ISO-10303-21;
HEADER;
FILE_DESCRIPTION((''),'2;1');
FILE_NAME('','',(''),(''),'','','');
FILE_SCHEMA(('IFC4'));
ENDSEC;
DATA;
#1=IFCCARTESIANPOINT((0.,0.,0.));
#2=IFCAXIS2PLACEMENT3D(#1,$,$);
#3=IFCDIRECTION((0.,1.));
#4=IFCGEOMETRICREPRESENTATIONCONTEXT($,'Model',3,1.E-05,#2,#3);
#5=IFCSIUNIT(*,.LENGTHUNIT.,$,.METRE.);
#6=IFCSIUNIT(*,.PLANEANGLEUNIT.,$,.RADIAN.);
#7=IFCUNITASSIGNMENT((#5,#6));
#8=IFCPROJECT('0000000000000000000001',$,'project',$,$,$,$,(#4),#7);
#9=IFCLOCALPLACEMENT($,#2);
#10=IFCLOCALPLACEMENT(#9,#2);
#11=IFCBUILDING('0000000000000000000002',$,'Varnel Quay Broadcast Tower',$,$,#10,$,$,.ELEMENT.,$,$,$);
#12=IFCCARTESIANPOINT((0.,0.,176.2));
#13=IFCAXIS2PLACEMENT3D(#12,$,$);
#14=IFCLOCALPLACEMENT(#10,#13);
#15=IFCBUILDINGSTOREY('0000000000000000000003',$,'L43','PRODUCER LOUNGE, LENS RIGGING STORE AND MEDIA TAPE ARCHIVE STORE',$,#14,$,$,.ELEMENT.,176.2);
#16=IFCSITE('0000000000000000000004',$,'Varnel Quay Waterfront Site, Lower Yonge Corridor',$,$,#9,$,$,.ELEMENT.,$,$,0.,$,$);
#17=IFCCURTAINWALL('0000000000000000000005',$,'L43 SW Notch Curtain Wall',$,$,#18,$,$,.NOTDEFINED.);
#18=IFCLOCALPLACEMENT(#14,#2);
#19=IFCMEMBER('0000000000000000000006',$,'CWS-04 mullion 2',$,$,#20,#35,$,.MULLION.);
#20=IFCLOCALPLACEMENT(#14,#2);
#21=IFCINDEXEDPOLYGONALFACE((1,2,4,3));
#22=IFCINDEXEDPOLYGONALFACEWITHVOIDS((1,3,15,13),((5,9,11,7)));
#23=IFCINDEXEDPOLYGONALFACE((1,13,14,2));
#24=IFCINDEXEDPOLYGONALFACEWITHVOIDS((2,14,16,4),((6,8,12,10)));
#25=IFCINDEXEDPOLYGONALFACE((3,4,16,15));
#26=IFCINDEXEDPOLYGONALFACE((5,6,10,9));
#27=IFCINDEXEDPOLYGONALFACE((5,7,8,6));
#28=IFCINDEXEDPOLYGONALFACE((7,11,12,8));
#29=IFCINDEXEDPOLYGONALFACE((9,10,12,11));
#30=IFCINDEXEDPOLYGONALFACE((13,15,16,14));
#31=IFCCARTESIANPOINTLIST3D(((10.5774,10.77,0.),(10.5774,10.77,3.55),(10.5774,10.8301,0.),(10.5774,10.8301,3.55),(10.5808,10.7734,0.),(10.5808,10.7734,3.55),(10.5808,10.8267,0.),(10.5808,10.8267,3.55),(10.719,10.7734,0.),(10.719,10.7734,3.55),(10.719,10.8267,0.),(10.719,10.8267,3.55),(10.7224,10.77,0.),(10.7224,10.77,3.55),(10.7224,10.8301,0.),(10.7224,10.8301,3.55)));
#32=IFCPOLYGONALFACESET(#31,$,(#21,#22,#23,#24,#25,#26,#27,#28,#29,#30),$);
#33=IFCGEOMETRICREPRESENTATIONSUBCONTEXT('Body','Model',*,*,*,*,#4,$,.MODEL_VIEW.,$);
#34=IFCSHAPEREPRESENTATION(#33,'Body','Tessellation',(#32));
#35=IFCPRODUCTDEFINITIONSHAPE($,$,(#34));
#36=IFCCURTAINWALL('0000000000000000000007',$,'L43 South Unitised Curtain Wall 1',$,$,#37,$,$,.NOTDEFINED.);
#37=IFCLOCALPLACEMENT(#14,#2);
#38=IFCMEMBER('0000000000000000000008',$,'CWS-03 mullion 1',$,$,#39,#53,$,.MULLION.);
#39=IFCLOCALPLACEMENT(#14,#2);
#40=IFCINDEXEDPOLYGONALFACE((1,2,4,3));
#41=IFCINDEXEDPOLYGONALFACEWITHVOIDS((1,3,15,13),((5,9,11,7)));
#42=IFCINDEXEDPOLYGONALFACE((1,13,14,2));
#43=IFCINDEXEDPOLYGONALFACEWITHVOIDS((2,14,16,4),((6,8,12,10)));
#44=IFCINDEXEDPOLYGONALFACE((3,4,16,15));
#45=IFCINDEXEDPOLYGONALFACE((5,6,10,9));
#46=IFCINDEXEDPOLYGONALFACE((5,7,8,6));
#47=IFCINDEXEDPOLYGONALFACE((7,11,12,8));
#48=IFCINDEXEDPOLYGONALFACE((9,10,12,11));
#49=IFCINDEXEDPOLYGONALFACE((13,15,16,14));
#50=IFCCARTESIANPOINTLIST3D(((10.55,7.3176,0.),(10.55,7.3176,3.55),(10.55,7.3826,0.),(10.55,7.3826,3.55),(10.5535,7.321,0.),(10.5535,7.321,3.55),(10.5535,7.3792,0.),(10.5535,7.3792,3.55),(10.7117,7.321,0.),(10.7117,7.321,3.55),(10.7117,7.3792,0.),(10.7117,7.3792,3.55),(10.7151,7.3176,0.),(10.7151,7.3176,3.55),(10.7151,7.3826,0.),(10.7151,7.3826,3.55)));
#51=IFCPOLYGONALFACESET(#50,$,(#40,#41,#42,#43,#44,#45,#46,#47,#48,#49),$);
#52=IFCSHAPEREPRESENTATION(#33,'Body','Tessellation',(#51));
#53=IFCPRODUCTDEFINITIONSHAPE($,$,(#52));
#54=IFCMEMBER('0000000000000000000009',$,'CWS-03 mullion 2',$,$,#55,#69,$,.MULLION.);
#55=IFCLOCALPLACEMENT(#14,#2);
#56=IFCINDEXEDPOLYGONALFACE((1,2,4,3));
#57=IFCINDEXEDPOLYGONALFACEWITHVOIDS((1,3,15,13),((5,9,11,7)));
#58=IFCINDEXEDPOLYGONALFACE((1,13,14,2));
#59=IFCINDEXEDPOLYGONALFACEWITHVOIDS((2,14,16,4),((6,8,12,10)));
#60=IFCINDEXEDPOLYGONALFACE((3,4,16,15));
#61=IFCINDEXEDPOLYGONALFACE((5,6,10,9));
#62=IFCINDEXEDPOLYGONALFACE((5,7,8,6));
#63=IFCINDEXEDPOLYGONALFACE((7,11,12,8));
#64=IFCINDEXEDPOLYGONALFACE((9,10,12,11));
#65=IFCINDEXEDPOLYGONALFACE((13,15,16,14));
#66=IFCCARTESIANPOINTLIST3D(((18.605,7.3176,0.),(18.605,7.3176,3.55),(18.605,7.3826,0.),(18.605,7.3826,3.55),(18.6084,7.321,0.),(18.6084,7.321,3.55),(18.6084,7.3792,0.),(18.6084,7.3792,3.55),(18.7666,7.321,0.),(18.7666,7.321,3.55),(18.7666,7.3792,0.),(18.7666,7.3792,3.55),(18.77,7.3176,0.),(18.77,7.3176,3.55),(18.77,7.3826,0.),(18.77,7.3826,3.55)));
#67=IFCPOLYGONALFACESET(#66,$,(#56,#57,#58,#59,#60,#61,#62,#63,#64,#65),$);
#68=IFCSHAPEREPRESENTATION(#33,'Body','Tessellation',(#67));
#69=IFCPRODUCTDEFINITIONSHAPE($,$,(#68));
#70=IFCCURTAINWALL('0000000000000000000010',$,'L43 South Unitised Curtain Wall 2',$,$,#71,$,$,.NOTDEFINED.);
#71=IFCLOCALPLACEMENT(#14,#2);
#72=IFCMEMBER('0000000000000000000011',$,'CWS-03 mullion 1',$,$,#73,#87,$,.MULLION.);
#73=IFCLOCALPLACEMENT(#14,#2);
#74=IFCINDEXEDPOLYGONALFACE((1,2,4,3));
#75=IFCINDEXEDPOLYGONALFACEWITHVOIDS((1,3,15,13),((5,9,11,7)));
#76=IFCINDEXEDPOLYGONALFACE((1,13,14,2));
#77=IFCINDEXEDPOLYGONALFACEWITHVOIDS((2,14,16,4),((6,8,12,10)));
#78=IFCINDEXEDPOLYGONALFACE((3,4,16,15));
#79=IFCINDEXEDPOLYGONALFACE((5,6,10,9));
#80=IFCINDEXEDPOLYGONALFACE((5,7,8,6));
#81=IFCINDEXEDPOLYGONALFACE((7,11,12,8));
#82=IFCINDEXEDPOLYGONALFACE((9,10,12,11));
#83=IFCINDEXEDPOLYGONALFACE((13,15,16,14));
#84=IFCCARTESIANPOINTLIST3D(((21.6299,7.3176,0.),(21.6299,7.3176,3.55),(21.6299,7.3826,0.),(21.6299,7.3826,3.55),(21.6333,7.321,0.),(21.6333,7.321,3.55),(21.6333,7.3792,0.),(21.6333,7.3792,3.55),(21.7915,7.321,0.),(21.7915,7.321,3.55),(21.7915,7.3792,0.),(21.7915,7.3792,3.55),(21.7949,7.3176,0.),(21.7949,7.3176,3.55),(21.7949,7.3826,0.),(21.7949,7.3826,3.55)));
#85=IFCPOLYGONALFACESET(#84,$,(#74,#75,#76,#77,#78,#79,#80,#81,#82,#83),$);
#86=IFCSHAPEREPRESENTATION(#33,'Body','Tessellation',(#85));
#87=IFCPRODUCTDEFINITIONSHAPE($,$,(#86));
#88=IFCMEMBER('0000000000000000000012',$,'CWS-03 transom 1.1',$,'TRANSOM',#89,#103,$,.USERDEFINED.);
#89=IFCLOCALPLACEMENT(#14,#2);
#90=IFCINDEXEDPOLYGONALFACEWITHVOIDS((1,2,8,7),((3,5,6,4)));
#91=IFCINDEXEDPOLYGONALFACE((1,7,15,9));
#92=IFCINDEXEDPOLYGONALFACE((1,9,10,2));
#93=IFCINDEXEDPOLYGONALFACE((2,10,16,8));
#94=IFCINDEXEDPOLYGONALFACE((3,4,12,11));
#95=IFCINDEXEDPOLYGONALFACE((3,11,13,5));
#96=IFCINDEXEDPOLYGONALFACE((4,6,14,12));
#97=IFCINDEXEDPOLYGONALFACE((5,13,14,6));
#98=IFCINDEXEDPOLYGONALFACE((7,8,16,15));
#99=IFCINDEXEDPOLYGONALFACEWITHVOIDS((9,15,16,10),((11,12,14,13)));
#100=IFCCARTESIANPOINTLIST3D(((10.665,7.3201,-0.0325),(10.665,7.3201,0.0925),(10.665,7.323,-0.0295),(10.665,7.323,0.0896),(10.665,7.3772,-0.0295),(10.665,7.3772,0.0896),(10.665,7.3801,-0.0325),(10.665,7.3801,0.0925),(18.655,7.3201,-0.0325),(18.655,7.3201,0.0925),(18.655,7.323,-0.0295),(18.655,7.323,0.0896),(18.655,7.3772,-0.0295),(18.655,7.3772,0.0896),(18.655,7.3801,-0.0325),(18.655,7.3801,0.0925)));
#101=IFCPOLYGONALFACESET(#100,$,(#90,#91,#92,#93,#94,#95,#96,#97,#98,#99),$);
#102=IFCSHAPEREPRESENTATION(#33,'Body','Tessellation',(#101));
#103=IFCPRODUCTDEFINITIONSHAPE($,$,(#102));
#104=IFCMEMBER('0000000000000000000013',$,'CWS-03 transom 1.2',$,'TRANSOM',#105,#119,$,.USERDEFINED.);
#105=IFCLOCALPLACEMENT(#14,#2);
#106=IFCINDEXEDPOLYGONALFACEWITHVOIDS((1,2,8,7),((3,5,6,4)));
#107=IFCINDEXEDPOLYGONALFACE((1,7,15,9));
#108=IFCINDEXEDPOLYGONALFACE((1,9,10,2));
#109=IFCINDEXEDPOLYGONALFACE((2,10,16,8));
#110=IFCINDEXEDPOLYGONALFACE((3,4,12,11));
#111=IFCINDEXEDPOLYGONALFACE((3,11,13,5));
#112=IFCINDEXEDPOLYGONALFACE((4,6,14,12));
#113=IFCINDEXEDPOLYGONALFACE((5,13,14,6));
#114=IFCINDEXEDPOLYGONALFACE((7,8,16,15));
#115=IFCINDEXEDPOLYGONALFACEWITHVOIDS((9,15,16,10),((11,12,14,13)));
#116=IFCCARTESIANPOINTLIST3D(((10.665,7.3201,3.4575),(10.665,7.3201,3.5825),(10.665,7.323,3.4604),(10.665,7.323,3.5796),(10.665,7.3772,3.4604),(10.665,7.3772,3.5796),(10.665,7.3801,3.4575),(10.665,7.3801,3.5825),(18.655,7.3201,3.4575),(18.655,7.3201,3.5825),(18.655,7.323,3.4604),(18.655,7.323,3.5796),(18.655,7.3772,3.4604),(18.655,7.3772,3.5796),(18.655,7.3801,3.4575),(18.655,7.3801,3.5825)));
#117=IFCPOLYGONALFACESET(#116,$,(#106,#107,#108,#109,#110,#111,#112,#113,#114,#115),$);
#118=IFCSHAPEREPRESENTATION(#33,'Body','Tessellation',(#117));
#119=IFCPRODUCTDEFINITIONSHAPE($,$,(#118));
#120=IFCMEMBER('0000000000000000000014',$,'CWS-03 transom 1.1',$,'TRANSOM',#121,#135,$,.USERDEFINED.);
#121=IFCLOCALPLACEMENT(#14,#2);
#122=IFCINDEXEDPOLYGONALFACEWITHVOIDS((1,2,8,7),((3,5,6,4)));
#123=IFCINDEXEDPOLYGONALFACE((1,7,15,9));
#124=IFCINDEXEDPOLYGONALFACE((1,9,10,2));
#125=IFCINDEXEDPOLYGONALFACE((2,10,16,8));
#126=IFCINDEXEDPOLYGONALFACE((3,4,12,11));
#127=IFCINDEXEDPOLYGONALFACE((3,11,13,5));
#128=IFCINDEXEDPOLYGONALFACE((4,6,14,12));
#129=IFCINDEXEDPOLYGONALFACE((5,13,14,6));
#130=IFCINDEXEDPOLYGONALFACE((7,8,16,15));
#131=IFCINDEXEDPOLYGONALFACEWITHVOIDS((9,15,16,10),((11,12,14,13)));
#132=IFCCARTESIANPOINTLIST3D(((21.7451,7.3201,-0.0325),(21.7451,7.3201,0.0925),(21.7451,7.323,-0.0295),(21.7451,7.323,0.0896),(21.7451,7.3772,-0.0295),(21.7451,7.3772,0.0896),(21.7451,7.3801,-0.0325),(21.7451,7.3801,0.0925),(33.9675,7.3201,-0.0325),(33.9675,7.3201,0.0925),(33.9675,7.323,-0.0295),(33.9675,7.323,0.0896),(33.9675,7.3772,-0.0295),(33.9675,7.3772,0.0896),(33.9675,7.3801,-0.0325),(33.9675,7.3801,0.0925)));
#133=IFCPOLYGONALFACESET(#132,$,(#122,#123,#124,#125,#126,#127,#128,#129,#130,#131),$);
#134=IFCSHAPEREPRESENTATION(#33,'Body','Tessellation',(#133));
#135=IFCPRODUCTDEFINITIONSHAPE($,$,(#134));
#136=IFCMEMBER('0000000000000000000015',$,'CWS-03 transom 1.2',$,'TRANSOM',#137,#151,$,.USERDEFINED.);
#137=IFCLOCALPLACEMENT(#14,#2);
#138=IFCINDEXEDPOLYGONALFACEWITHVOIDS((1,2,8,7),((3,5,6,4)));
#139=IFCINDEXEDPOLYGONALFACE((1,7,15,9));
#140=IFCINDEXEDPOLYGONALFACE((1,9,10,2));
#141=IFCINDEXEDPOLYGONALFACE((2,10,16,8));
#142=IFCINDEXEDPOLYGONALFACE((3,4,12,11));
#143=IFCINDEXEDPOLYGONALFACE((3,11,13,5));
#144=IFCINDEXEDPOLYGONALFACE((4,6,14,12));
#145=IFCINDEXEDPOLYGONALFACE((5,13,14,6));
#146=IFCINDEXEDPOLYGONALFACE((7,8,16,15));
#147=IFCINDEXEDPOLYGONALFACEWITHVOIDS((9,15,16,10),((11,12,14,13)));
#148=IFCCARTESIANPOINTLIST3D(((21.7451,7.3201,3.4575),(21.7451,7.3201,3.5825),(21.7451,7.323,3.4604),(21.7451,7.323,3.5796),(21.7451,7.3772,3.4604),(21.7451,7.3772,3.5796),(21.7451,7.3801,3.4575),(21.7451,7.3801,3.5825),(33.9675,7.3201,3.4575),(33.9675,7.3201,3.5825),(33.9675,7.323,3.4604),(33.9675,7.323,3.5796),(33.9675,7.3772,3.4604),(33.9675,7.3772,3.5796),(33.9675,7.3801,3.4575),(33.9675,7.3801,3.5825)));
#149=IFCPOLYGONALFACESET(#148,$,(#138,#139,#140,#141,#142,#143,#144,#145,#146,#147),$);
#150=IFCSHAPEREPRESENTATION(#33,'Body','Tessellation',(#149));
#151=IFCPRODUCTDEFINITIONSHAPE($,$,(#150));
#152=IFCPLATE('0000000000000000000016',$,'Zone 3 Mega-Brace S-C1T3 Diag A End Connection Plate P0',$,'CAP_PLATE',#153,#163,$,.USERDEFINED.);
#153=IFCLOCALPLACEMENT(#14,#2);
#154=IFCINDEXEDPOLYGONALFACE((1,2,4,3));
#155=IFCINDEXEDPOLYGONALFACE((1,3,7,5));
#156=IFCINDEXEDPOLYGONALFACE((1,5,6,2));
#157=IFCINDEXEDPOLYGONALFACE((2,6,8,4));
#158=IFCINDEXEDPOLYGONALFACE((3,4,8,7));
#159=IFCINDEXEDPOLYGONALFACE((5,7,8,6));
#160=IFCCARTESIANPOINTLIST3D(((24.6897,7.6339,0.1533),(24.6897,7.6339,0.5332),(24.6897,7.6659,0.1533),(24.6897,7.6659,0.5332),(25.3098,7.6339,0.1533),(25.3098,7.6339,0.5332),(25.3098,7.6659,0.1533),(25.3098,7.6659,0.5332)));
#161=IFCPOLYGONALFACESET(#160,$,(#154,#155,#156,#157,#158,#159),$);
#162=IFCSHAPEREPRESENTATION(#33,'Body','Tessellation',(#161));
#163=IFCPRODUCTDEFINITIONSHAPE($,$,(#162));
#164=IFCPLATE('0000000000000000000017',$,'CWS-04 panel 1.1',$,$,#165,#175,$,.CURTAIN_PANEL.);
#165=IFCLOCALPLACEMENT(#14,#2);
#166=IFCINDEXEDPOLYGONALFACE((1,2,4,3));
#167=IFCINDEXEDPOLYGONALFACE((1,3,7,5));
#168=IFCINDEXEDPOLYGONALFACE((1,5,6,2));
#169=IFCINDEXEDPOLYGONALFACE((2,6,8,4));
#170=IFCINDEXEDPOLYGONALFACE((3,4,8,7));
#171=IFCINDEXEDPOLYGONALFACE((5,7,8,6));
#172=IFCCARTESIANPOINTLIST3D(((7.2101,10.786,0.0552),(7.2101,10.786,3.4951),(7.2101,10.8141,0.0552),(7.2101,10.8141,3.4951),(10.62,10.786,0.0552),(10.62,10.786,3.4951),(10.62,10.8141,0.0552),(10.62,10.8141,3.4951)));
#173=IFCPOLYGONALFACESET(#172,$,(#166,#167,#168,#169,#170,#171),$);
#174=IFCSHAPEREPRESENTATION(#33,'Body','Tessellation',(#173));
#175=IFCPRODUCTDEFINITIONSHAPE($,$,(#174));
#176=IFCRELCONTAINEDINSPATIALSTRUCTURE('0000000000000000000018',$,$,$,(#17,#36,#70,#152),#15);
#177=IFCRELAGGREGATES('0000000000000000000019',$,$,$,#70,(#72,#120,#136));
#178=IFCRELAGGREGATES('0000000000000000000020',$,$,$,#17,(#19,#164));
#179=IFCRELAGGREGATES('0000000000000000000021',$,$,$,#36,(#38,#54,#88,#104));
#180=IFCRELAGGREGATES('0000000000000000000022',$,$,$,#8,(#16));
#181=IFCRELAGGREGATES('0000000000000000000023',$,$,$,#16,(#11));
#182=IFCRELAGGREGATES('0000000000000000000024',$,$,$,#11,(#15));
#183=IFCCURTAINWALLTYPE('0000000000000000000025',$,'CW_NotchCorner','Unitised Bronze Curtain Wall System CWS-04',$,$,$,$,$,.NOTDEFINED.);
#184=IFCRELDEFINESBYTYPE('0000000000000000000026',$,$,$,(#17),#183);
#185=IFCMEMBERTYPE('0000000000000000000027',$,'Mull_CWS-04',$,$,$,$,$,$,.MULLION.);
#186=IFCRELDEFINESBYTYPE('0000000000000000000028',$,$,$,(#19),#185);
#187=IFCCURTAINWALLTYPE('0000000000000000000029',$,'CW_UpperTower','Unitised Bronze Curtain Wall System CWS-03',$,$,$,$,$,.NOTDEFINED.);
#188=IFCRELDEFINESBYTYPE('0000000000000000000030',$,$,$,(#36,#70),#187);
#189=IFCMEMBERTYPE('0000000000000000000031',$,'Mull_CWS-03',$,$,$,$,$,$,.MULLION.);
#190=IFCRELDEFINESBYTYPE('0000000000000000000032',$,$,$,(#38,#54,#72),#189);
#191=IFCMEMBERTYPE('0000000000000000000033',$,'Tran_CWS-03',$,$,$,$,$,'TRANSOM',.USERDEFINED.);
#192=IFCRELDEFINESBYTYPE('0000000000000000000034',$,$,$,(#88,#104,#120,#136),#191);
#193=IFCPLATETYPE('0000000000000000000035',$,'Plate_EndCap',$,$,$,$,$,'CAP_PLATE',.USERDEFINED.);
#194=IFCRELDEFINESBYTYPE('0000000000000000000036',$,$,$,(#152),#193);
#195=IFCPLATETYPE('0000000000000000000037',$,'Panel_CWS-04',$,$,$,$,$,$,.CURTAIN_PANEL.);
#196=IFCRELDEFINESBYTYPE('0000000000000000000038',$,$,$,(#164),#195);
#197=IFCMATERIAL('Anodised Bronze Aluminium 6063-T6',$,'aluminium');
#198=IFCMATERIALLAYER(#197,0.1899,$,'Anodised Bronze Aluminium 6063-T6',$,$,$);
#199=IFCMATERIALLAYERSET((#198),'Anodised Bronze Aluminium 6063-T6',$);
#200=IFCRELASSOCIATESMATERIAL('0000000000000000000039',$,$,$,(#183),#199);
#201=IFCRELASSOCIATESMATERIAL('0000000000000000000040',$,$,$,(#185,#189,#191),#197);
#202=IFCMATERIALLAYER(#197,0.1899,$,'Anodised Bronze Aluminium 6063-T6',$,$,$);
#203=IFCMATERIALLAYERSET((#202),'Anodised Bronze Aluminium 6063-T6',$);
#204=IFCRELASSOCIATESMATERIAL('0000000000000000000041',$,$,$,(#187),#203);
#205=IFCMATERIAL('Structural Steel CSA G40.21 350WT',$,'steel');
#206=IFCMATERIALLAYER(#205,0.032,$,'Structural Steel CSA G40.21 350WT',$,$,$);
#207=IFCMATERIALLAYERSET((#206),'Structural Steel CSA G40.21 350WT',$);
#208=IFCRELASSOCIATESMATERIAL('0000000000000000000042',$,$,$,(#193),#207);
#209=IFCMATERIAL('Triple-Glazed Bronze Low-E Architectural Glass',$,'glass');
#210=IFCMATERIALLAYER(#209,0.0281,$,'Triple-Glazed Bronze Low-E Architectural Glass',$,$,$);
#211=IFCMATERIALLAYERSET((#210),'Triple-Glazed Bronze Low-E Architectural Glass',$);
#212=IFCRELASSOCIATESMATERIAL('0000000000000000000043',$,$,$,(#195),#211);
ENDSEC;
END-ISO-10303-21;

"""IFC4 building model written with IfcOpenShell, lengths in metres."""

from ifc_helpers import new_model, si_unit, direction, frame, origin, origin_2d, place, context, subcontext, project, spatial, rectangle, hollow_rectangle, extrude, source, transform, mapped, material, layer, layer_set, material_profile, profile_set, type_object, type_shapes, element, aggregate, save


model = new_model("IFC4")

# Units and contexts
model_context = context("Model", 3, precision=1e-05, world=origin(), true_north=direction((0.0, 1.0)))
body_context = subcontext(model_context, "Body", "Model", "MODEL_VIEW")
ifc_project = project(units=[si_unit("LENGTHUNIT", "METRE"), si_unit("PLANEANGLEUNIT", "RADIAN")], contexts=[model_context])

# Site, building, storey
site_placement = place(None, origin())
site = spatial("IfcSite", under=ifc_project, at=site_placement, Name="Varnel Quay Waterfront Site, Lower Yonge Corridor", CompositionType="ELEMENT", RefElevation=0.0)
building_placement = place(site_placement, origin())
building = spatial("IfcBuilding", under=site, at=building_placement, Name="Varnel Quay Broadcast Tower", CompositionType="ELEMENT")
storey_placement = place(building_placement, frame((0.0, 0.0, 176.2)))
storey = spatial("IfcBuildingStorey", under=building, at=storey_placement, Name="L43", Description="PRODUCER LOUNGE, LENS RIGGING STORE AND MEDIA TAPE ARCHIVE STORE", CompositionType="ELEMENT", Elevation=176.2)

# Shared definitions
ifc_material_1 = material(Name="Structural Steel CSA G40.21 350WT", Category="steel")

# Curtain wall, member
ifc_material_2 = material(Name="Anodised Bronze Aluminium 6063-T6", Category="aluminium")
ifc_layer_1 = layer(ifc_material_2, 0.1899, Name="Anodised Bronze Aluminium 6063-T6")
ifc_layer_set_1 = layer_set([ifc_layer_1], Name="Anodised Bronze Aluminium 6063-T6")
curtain_wall_type_1 = type_object("IfcCurtainWallType", Name="CW_NotchCorner", Description="Unitised Bronze Curtain Wall System CWS-04", PredefinedType="NOTDEFINED", material=ifc_layer_set_1)
curtain_wall_1_placement = place(storey_placement, origin())
curtain_wall_1 = element("IfcCurtainWall", 1, at=curtain_wall_1_placement, inside=storey, type_object=curtain_wall_type_1, Name="L43 SW Notch Curtain Wall", PredefinedType="NOTDEFINED")
ifc_material_profile_1 = material_profile(ifc_material_2, hollow_rectangle(XDim=0.0601, YDim=0.145, WallThickness=0.0034, at=origin_2d()), Name="ALU60X145X3.5")
ifc_profile_set_1 = profile_set([ifc_material_profile_1], Name="Anodised Bronze Aluminium 6063-T6")
member_type_1 = type_object("IfcMemberType", Name="Mull_CWS-04", PredefinedType="MULLION", material=ifc_profile_set_1)
shared_shape_1 = source(origin(), body_context, "Body", "SweptSolid", [
    extrude(hollow_rectangle(XDim=0.0601, YDim=0.145, WallThickness=0.0034, at=origin_2d()), origin(), (0.0, 0.0, 1.0), 3.55),
])
type_shapes(member_type_1, [shared_shape_1])
member_1_placement = place(storey_placement, frame((10.6499, 10.8, 0.0), z_axis=(0.0, 0.0, 1.0), x_axis=(0.0, 1.0, 0.0)))
member_1 = element("IfcMember", 2, at=member_1_placement, type_object=member_type_1, Name="CWS-04 mullion 2", PredefinedType="MULLION", context=body_context, shape_type="MappedRepresentation", body=[
    mapped(shared_shape_1, transform((0.0, 0.0, 0.0), x_axis=(1.0, 0.0, 0.0), y_axis=(0.0, 1.0, 0.0), z_axis=(0.0, 0.0, 1.0), scale=1.0)),
])

# Curtain wall, members
ifc_layer_2 = layer(ifc_material_2, 0.1899, Name="Anodised Bronze Aluminium 6063-T6")
ifc_layer_set_2 = layer_set([ifc_layer_2], Name="Anodised Bronze Aluminium 6063-T6")
curtain_wall_type_2 = type_object("IfcCurtainWallType", Name="CW_UpperTower", Description="Unitised Bronze Curtain Wall System CWS-03", PredefinedType="NOTDEFINED", material=ifc_layer_set_2)
curtain_wall_2_placement = place(storey_placement, origin())
curtain_wall_2 = element("IfcCurtainWall", 3, at=curtain_wall_2_placement, inside=storey, type_object=curtain_wall_type_2, Name="L43 South Unitised Curtain Wall 1", PredefinedType="NOTDEFINED")
ifc_material_profile_2 = material_profile(ifc_material_2, hollow_rectangle(XDim=0.0649, YDim=0.165, WallThickness=0.0034, at=origin_2d()), Name="ALU65X165X3.5")
ifc_profile_set_2 = profile_set([ifc_material_profile_2], Name="Anodised Bronze Aluminium 6063-T6")
member_type_2 = type_object("IfcMemberType", Name="Mull_CWS-03", PredefinedType="MULLION", material=ifc_profile_set_2)
shared_shape_2 = source(origin(), body_context, "Body", "SweptSolid", [
    extrude(hollow_rectangle(XDim=0.0649, YDim=0.165, WallThickness=0.0034, at=origin_2d()), origin(), (0.0, 0.0, 1.0), 3.55),
])
type_shapes(member_type_2, [shared_shape_2])
member_2_placement = place(storey_placement, frame((10.6326, 7.3501, 0.0), z_axis=(0.0, 0.0, 1.0), x_axis=(0.0, 1.0, 0.0)))
member_2 = element("IfcMember", 4, at=member_2_placement, type_object=member_type_2, Name="CWS-03 mullion 1", PredefinedType="MULLION", context=body_context, shape_type="MappedRepresentation", body=[
    mapped(shared_shape_2, transform((0.0, 0.0, 0.0), x_axis=(1.0, 0.0, 0.0), y_axis=(0.0, 1.0, 0.0), z_axis=(0.0, 0.0, 1.0), scale=1.0)),
])
member_3_placement = place(storey_placement, frame((18.6875, 7.3501, 0.0), z_axis=(0.0, 0.0, 1.0), x_axis=(0.0, 1.0, 0.0)))
member_3 = element("IfcMember", 5, at=member_3_placement, type_object=member_type_2, Name="CWS-03 mullion 2", PredefinedType="MULLION", context=body_context, shape_type="MappedRepresentation", body=[
    mapped(shared_shape_2, transform((0.0, 0.0, 0.0), x_axis=(1.0, 0.0, 0.0), y_axis=(0.0, 1.0, 0.0), z_axis=(0.0, 0.0, 1.0), scale=1.0)),
])

# Curtain wall, member
curtain_wall_3_placement = place(storey_placement, origin())
curtain_wall_3 = element("IfcCurtainWall", 6, at=curtain_wall_3_placement, inside=storey, type_object=curtain_wall_type_2, Name="L43 South Unitised Curtain Wall 2", PredefinedType="NOTDEFINED")
member_4_placement = place(storey_placement, frame((21.7124, 7.3501, 0.0), z_axis=(0.0, 0.0, 1.0), x_axis=(0.0, 1.0, 0.0)))
member_4 = element("IfcMember", 7, at=member_4_placement, type_object=member_type_2, Name="CWS-03 mullion 1", PredefinedType="MULLION", context=body_context, shape_type="MappedRepresentation", body=[
    mapped(shared_shape_2, transform((0.0, 0.0, 0.0), x_axis=(1.0, 0.0, 0.0), y_axis=(0.0, 1.0, 0.0), z_axis=(0.0, 0.0, 1.0), scale=1.0)),
])

# Members
ifc_material_profile_3 = material_profile(ifc_material_2, hollow_rectangle(XDim=0.0601, YDim=0.125, WallThickness=0.0029, at=origin_2d()), Name="ALU60X125X3")
ifc_profile_set_3 = profile_set([ifc_material_profile_3], Name="Anodised Bronze Aluminium 6063-T6")
member_type_3 = type_object("IfcMemberType", Name="Tran_CWS-03", ElementType="TRANSOM", PredefinedType="USERDEFINED", material=ifc_profile_set_3)
shared_shape_3 = source(origin(), body_context, "Body", "SweptSolid", [
    extrude(hollow_rectangle(XDim=0.0601, YDim=0.125, WallThickness=0.0029, at=origin_2d()), origin(), (0.0, 0.0, 1.0), 7.99),
])
member_5_placement = place(storey_placement, frame((10.665, 7.3501, 0.03), z_axis=(1.0, 0.0, 0.0), x_axis=(0.0, 1.0, 0.0)))
member_5 = element("IfcMember", 8, at=member_5_placement, type_object=member_type_3, Name="CWS-03 transom 1.1", ObjectType="TRANSOM", PredefinedType="USERDEFINED", context=body_context, shape_type="MappedRepresentation", body=[
    mapped(shared_shape_3, transform((0.0, 0.0, 0.0), x_axis=(1.0, 0.0, 0.0), y_axis=(0.0, 1.0, 0.0), z_axis=(0.0, 0.0, 1.0), scale=1.0)),
])
member_6_placement = place(storey_placement, frame((10.665, 7.3501, 3.52), z_axis=(1.0, 0.0, 0.0), x_axis=(0.0, 1.0, 0.0)))
member_6 = element("IfcMember", 9, at=member_6_placement, type_object=member_type_3, Name="CWS-03 transom 1.2", ObjectType="TRANSOM", PredefinedType="USERDEFINED", context=body_context, shape_type="MappedRepresentation", body=[
    mapped(shared_shape_3, transform((0.0, 0.0, 0.0), x_axis=(1.0, 0.0, 0.0), y_axis=(0.0, 1.0, 0.0), z_axis=(0.0, 0.0, 1.0), scale=1.0)),
])
shared_shape_4 = source(origin(), body_context, "Body", "SweptSolid", [
    extrude(hollow_rectangle(XDim=0.0601, YDim=0.125, WallThickness=0.0029, at=origin_2d()), origin(), (0.0, 0.0, 1.0), 12.2224),
])
type_shapes(member_type_3, [shared_shape_3, shared_shape_4])
member_7_placement = place(storey_placement, frame((21.7451, 7.3501, 0.03), z_axis=(1.0, 0.0, 0.0), x_axis=(0.0, 1.0, 0.0)))
member_7 = element("IfcMember", 10, at=member_7_placement, type_object=member_type_3, Name="CWS-03 transom 1.1", ObjectType="TRANSOM", PredefinedType="USERDEFINED", context=body_context, shape_type="MappedRepresentation", body=[
    mapped(shared_shape_4, transform((0.0, 0.0, 0.0), x_axis=(1.0, 0.0, 0.0), y_axis=(0.0, 1.0, 0.0), z_axis=(0.0, 0.0, 1.0), scale=1.0)),
])
member_8_placement = place(storey_placement, frame((21.7451, 7.3501, 3.52), z_axis=(1.0, 0.0, 0.0), x_axis=(0.0, 1.0, 0.0)))
member_8 = element("IfcMember", 11, at=member_8_placement, type_object=member_type_3, Name="CWS-03 transom 1.2", ObjectType="TRANSOM", PredefinedType="USERDEFINED", context=body_context, shape_type="MappedRepresentation", body=[
    mapped(shared_shape_4, transform((0.0, 0.0, 0.0), x_axis=(1.0, 0.0, 0.0), y_axis=(0.0, 1.0, 0.0), z_axis=(0.0, 0.0, 1.0), scale=1.0)),
])
aggregate(curtain_wall_3, [member_4, member_7, member_8])

# Plates
ifc_layer_3 = layer(ifc_material_1, 0.032, Name="Structural Steel CSA G40.21 350WT")
ifc_layer_set_3 = layer_set([ifc_layer_3], Name="Structural Steel CSA G40.21 350WT")
plate_type_1 = type_object("IfcPlateType", Name="Plate_EndCap", ElementType="CAP_PLATE", PredefinedType="USERDEFINED", material=ifc_layer_set_3)
shared_shape_5 = source(origin(), body_context, "Body", "SweptSolid", [
    extrude(rectangle(XDim=0.6201, YDim=0.032, at=origin_2d()), origin(), (0.0, 0.0, 1.0), 0.3799),
])
type_shapes(plate_type_1, [shared_shape_5])
plate_1_placement = place(storey_placement, frame((24.9998, 7.6499, 0.1533), z_axis=(0.0, 0.0, 1.0), x_axis=(1.0, 0.0, 0.0)))
element("IfcPlate", 12, at=plate_1_placement, inside=storey, type_object=plate_type_1, Name="Zone 3 Mega-Brace S-C1T3 Diag A End Connection Plate P0", ObjectType="CAP_PLATE", PredefinedType="USERDEFINED", context=body_context, shape_type="MappedRepresentation", body=[
    mapped(shared_shape_5, transform((0.0, 0.0, 0.0), x_axis=(1.0, 0.0, 0.0), y_axis=(0.0, 1.0, 0.0), z_axis=(0.0, 0.0, 1.0), scale=1.0)),
])
ifc_material_3 = material(Name="Triple-Glazed Bronze Low-E Architectural Glass", Category="glass")
ifc_layer_4 = layer(ifc_material_3, 0.0281, Name="Triple-Glazed Bronze Low-E Architectural Glass")
ifc_layer_set_4 = layer_set([ifc_layer_4], Name="Triple-Glazed Bronze Low-E Architectural Glass")
plate_type_2 = type_object("IfcPlateType", Name="Panel_CWS-04", PredefinedType="CURTAIN_PANEL", material=ifc_layer_set_4)
shared_shape_6 = source(origin(), body_context, "Body", "SweptSolid", [
    extrude(rectangle(XDim=3.4099, YDim=0.0281, at=origin_2d()), origin(), (0.0, 0.0, 1.0), 3.4399),
])
type_shapes(plate_type_2, [shared_shape_6])
plate_2_placement = place(storey_placement, frame((8.915, 10.8, 0.0552), z_axis=(0.0, 0.0, 1.0), x_axis=(1.0, 0.0, 0.0)))
plate_2 = element("IfcPlate", 13, at=plate_2_placement, type_object=plate_type_2, Name="CWS-04 panel 1.1", PredefinedType="CURTAIN_PANEL", context=body_context, shape_type="MappedRepresentation", body=[
    mapped(shared_shape_6, transform((0.0, 0.0, 0.0), x_axis=(1.0, 0.0, 0.0), y_axis=(0.0, 1.0, 0.0), z_axis=(0.0, 0.0, 1.0), scale=1.0)),
])
aggregate(curtain_wall_1, [member_1, plate_2])
aggregate(curtain_wall_2, [member_2, member_3, member_5, member_6])

save(model, "model.ifc")
